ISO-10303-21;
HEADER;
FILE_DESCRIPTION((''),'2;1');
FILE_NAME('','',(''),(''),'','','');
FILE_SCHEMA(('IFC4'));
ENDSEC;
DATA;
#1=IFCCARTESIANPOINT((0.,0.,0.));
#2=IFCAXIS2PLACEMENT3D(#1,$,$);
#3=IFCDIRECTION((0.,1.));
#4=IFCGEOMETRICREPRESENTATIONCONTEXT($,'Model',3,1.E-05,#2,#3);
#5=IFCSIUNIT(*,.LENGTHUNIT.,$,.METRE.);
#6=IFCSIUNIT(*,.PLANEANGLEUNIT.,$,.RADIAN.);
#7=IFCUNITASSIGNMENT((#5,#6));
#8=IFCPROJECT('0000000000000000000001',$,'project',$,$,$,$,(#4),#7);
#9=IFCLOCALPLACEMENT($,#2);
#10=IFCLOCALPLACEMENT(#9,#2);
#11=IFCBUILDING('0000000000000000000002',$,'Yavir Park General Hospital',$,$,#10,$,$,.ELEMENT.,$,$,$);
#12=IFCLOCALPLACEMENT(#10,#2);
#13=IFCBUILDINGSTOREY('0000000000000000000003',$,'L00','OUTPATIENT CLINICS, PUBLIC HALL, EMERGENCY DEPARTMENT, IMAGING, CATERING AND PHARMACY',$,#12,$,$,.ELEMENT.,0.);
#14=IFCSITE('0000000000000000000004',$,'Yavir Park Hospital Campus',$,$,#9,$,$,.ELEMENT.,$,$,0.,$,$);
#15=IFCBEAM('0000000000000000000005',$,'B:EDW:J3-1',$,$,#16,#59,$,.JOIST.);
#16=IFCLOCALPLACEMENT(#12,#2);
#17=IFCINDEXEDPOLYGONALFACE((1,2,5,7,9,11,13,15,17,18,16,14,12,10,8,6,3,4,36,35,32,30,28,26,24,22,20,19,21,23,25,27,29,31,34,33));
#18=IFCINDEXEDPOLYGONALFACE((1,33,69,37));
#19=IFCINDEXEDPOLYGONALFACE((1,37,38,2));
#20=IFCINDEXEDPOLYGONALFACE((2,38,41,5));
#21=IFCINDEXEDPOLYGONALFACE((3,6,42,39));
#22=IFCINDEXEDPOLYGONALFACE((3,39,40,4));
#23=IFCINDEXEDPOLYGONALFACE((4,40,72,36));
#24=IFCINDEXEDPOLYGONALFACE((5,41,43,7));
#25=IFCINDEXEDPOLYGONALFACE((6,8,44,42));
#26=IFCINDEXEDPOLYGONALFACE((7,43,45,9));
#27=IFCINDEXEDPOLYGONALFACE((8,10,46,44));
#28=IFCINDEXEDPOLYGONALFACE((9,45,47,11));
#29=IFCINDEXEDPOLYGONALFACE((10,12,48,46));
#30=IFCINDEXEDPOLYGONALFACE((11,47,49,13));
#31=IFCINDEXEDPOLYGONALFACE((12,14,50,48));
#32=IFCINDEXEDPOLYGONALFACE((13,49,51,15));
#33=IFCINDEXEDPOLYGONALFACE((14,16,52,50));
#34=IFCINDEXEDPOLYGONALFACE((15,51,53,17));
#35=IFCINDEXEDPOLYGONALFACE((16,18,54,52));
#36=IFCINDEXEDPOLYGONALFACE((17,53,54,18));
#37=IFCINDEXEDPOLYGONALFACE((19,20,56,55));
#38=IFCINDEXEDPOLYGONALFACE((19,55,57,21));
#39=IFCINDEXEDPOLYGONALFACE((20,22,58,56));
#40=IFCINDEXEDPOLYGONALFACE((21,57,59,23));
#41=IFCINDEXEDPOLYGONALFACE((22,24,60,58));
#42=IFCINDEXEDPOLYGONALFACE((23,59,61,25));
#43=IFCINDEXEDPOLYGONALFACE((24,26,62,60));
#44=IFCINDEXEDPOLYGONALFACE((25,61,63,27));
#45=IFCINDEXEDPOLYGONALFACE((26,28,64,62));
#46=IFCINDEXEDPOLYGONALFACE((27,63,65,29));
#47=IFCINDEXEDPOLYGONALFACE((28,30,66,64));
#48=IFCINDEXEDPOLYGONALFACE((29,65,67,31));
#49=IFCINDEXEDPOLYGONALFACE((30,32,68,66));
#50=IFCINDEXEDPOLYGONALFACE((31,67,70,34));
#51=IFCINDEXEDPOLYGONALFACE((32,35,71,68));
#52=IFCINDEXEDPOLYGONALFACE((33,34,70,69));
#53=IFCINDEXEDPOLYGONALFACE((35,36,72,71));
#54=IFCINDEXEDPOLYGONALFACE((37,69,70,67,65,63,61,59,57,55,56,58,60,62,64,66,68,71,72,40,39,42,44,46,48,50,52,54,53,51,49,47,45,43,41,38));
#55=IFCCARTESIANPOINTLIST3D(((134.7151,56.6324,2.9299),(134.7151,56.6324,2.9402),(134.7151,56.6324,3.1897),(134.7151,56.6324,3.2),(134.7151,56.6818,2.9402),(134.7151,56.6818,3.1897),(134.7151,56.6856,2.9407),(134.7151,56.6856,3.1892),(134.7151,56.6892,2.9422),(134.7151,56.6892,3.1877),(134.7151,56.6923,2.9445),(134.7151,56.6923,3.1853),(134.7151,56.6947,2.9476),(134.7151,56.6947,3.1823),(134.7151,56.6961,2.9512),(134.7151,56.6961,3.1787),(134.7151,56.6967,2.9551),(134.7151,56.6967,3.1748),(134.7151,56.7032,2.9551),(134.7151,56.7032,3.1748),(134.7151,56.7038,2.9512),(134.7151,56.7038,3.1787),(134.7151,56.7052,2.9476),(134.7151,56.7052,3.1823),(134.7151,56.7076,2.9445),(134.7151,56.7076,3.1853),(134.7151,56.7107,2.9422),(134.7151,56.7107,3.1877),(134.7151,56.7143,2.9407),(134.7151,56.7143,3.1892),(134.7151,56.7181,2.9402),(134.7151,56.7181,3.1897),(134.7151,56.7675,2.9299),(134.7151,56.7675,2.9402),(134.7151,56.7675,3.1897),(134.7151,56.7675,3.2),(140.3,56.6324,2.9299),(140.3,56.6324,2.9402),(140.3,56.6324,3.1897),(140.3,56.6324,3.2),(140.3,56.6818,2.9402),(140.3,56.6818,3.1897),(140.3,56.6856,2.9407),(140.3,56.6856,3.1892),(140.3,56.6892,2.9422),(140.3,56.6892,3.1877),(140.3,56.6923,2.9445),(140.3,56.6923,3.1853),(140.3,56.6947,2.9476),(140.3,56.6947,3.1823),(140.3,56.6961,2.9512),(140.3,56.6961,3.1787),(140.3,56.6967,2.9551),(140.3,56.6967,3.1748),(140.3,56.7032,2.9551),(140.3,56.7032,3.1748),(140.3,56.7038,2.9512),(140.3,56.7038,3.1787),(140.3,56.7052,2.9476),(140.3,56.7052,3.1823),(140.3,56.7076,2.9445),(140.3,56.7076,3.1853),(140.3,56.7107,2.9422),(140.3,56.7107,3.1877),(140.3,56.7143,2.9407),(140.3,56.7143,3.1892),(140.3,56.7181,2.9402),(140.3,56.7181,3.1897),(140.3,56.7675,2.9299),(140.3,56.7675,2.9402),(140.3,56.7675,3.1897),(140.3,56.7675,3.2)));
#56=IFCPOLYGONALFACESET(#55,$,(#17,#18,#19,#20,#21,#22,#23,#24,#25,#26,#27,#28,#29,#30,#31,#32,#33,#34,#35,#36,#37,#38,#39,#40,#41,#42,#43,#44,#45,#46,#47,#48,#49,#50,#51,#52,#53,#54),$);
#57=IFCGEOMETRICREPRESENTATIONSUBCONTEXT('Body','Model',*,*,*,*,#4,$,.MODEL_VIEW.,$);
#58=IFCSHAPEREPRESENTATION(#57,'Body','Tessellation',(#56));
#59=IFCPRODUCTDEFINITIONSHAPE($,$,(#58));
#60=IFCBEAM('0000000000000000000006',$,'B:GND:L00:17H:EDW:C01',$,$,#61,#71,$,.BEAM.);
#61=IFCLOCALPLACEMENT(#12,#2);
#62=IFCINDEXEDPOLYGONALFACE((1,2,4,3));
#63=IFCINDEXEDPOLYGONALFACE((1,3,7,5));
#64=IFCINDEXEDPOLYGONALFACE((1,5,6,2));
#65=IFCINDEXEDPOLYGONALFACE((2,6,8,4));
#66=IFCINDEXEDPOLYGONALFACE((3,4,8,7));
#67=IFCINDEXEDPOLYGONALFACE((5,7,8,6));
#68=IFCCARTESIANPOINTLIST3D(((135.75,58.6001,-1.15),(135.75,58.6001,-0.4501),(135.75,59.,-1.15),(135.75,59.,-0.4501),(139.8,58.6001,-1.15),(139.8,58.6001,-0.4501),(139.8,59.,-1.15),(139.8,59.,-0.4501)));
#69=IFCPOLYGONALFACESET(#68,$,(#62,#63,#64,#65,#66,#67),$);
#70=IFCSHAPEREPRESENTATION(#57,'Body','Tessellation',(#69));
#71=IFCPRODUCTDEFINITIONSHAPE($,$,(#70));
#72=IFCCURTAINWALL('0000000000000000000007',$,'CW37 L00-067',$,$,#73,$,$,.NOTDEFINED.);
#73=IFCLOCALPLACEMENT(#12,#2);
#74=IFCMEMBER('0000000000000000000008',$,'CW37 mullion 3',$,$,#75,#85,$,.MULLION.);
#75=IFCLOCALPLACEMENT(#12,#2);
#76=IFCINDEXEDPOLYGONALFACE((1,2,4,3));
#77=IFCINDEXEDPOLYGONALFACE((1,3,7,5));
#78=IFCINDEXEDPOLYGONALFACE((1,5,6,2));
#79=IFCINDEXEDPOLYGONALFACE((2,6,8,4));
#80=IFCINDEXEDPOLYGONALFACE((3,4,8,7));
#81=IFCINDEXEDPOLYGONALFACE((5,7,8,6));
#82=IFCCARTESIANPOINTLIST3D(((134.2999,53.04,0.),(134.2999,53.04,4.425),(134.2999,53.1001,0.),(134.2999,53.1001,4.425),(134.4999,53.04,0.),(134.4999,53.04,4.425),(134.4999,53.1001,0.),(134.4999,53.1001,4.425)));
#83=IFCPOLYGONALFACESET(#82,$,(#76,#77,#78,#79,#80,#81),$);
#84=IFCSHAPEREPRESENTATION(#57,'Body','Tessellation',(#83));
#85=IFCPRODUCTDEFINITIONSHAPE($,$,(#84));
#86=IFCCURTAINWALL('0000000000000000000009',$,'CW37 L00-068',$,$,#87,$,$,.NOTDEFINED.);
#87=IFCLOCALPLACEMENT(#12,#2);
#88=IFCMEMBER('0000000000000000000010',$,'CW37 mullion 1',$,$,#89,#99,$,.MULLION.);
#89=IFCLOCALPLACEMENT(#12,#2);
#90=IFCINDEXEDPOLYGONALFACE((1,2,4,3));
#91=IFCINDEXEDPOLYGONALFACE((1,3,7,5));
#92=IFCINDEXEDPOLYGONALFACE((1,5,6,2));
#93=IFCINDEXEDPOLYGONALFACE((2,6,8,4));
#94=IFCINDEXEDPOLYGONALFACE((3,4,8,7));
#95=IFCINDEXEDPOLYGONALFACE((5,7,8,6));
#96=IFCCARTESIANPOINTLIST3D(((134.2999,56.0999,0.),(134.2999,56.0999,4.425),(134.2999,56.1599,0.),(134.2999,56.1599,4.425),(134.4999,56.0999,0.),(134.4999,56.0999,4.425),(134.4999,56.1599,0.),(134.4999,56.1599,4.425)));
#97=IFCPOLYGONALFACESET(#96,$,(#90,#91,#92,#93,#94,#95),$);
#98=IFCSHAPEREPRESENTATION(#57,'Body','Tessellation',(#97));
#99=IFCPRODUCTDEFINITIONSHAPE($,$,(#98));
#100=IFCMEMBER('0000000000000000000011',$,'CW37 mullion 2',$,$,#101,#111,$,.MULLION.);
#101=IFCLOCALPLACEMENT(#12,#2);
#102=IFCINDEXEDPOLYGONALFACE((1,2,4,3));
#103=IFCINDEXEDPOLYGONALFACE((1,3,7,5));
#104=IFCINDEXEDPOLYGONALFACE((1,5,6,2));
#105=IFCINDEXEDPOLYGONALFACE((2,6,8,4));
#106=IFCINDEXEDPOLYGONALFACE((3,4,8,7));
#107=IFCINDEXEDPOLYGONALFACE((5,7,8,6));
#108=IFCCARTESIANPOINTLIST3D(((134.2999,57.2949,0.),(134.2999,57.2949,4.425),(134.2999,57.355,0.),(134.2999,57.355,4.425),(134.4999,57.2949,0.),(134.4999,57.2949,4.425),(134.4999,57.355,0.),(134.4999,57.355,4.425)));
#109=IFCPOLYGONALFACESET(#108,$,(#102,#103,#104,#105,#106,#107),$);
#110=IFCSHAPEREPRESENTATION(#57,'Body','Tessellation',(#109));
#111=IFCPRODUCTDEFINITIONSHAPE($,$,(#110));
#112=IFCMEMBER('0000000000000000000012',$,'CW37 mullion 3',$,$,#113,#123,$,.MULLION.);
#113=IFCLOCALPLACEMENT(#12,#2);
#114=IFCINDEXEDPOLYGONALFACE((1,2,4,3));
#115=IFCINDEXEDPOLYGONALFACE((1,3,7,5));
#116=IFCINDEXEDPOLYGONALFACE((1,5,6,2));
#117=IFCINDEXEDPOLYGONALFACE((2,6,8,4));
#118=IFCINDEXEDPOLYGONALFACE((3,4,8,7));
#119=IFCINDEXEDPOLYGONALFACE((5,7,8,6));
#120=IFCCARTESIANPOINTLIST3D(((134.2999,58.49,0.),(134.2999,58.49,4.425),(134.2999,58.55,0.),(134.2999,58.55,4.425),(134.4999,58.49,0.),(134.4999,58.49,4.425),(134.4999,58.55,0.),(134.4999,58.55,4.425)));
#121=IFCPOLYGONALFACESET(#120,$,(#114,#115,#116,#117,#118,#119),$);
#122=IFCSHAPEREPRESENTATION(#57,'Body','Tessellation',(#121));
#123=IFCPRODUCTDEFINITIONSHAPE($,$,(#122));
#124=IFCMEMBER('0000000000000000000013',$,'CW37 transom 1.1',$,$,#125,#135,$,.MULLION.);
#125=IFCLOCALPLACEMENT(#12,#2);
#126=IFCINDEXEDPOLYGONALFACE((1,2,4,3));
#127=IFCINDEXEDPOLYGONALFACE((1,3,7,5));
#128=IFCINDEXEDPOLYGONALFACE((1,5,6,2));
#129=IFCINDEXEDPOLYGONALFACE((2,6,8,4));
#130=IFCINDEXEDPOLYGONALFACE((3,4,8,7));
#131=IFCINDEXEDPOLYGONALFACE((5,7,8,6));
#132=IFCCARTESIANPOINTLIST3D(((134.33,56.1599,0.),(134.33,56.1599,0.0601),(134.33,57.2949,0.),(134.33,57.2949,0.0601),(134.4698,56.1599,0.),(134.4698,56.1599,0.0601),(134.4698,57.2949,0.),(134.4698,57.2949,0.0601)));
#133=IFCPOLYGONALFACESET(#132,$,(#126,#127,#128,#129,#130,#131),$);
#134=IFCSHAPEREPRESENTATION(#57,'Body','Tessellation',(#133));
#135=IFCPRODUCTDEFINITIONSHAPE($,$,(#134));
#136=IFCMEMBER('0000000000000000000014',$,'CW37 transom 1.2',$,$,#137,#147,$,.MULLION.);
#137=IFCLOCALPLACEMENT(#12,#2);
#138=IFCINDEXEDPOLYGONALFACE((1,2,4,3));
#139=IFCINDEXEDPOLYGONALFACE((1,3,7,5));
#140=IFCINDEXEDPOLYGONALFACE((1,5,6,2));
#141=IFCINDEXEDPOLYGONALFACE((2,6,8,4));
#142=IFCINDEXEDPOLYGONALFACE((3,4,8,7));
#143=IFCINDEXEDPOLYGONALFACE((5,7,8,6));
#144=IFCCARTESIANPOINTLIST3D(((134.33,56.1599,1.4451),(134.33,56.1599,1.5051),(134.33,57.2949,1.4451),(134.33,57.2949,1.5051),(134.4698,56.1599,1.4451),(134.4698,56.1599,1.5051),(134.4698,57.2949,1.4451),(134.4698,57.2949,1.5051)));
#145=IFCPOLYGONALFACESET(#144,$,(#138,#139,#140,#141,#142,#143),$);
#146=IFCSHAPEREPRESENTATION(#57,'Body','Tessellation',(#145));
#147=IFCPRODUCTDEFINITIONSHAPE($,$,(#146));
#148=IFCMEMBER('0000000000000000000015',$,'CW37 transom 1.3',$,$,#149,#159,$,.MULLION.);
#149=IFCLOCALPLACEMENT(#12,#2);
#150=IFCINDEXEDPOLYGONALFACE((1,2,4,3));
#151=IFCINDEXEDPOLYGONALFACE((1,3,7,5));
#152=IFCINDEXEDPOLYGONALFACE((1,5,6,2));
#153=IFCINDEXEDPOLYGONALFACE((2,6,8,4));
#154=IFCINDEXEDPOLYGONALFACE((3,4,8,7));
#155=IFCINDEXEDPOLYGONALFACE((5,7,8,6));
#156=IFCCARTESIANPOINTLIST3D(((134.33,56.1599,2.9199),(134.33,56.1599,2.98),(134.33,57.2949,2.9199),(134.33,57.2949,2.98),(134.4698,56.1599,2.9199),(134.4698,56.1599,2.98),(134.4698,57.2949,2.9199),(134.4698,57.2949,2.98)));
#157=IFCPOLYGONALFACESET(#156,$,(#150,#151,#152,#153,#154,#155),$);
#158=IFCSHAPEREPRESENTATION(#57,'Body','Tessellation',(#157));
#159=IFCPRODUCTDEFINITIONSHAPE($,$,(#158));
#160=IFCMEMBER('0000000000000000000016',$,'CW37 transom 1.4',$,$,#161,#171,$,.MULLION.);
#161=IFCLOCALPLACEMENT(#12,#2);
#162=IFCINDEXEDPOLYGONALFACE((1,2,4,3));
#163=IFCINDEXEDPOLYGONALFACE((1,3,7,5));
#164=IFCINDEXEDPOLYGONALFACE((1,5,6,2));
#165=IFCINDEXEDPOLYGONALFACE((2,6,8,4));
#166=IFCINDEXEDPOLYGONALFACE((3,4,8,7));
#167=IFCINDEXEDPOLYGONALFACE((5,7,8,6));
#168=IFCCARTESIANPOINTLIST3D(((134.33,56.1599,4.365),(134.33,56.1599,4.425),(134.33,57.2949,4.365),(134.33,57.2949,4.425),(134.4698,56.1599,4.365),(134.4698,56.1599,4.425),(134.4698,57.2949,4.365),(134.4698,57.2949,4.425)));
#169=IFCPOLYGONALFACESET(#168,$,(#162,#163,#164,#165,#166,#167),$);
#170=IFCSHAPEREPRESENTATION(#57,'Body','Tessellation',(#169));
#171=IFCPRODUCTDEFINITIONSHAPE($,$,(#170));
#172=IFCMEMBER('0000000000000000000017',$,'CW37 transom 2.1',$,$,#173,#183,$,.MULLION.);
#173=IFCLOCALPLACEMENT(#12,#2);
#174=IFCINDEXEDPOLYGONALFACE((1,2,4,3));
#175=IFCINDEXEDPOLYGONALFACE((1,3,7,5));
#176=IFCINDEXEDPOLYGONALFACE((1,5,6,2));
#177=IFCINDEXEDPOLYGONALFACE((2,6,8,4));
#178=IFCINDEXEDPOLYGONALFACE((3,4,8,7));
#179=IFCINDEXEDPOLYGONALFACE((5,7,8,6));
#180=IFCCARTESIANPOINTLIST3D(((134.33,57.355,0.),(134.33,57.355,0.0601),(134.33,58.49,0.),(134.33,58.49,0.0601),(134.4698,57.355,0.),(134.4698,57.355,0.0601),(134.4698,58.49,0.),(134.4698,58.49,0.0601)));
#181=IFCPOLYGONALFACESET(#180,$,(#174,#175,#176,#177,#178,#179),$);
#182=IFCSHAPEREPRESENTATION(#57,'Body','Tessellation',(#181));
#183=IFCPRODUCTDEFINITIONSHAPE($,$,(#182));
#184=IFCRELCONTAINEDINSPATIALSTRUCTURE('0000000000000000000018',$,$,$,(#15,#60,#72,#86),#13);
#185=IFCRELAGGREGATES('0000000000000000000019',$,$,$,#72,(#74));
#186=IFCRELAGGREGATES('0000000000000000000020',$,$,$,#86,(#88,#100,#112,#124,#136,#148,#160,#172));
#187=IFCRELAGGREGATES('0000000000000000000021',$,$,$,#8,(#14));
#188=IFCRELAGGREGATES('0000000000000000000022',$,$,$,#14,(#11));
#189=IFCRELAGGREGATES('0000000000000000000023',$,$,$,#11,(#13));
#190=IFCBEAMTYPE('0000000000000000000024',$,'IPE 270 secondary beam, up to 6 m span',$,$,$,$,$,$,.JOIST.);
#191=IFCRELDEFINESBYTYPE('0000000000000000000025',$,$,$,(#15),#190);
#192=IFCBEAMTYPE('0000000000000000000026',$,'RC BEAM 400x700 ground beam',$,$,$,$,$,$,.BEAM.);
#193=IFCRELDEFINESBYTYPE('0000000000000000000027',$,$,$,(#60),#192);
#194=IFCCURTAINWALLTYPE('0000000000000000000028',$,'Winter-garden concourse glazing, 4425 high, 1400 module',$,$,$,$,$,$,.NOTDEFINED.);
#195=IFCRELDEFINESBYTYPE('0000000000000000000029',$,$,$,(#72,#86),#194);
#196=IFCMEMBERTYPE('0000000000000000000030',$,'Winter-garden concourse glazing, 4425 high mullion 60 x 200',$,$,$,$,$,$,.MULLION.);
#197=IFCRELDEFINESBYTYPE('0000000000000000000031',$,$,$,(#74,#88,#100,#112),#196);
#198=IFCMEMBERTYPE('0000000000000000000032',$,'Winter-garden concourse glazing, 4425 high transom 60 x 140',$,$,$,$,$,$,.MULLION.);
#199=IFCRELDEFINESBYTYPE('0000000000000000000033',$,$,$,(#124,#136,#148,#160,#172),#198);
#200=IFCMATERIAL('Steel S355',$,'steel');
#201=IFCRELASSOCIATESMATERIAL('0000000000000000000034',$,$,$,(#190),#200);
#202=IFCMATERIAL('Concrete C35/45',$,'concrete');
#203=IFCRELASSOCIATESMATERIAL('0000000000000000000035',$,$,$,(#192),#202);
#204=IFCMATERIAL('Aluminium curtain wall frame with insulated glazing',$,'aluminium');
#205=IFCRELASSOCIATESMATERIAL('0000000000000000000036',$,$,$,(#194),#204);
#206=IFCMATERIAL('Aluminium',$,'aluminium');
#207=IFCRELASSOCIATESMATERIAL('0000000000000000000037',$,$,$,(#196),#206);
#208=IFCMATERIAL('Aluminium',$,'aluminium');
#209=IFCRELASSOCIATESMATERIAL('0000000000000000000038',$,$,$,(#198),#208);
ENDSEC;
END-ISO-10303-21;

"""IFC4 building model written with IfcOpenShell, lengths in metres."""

from ifc_helpers import new_model, si_unit, direction, frame, origin, origin_2d, place, context, subcontext, project, spatial, rectangle, i_section, extrude, material, material_profile, profile_set, type_object, element, aggregate, save


model = new_model("IFC4")

# Units and contexts
model_context = context("Model", 3, precision=1e-05, world=origin(), true_north=direction((0.0, 1.0)))
body_context = subcontext(model_context, "Body", "Model", "MODEL_VIEW")
ifc_project = project(units=[si_unit("LENGTHUNIT", "METRE"), si_unit("PLANEANGLEUNIT", "RADIAN")], contexts=[model_context])

# Site, building, storey
site_placement = place(None, origin())
site = spatial("IfcSite", under=ifc_project, at=site_placement, Name="Yavir Park Hospital Campus", CompositionType="ELEMENT", RefElevation=0.0)
building_placement = place(site_placement, origin())
building = spatial("IfcBuilding", under=site, at=building_placement, Name="Yavir Park General Hospital", CompositionType="ELEMENT")
storey_placement = place(building_placement, origin())
storey = spatial("IfcBuildingStorey", under=building, at=storey_placement, Name="L00", Description="OUTPATIENT CLINICS, PUBLIC HALL, EMERGENCY DEPARTMENT, IMAGING, CATERING AND PHARMACY", CompositionType="ELEMENT", Elevation=0.0)

# Beams
ifc_material_1 = material(Name="Steel S355", Category="steel")
ifc_material_profile_1 = material_profile(ifc_material_1, i_section(OverallWidth=0.135, OverallDepth=0.27, WebThickness=0.0066, FlangeThickness=0.0103, FilletRadius=0.0149, at=origin_2d()), Name="IPE270")
ifc_profile_set_1 = profile_set([ifc_material_profile_1], Name="Steel S355")
beam_type_1 = type_object("IfcBeamType", Name="IPE 270 secondary beam, up to 6 m span", PredefinedType="JOIST", material=ifc_profile_set_1)
for number, where, z_axis, x_axis, name in (
    (1, (140.3, 56.7, 3.0649), (-1.0, 0.0, 0.0), (0.0, -1.0, 0.0), "B:EDW:J3-1"),
):
    element("IfcBeam", number, at=place(storey_placement, frame(where, z_axis=z_axis, x_axis=x_axis)), inside=storey, type_object=beam_type_1, Name=name, PredefinedType="JOIST", context=body_context, shape_type="SweptSolid", body=[
        extrude(i_section(OverallWidth=0.135, OverallDepth=0.27, WebThickness=0.0066, FlangeThickness=0.0103, FilletRadius=0.0149, at=origin_2d()), origin(), (0.0, 0.0, 1.0), 5.585),
    ])
ifc_material_2 = material(Name="Concrete C35/45", Category="concrete")
ifc_material_profile_2 = material_profile(ifc_material_2, rectangle(XDim=0.3999, YDim=0.7, at=origin_2d()), Name="RC400x700")
ifc_profile_set_2 = profile_set([ifc_material_profile_2], Name="Concrete C35/45")
beam_type_2 = type_object("IfcBeamType", Name="RC BEAM 400x700 ground beam", PredefinedType="BEAM", material=ifc_profile_set_2)
beam_placement = place(storey_placement, frame((135.75, 58.8, -0.8), z_axis=(1.0, 0.0, 0.0), x_axis=(0.0, 1.0, 0.0)))
element("IfcBeam", 2, at=beam_placement, inside=storey, type_object=beam_type_2, Name="B:GND:L00:17H:EDW:C01", PredefinedType="BEAM", context=body_context, shape_type="SweptSolid", body=[
    extrude(rectangle(XDim=0.3999, YDim=0.7, at=origin_2d()), origin(), (0.0, 0.0, 1.0), 4.05),
])

# Curtain wall, member
ifc_material_3 = material(Name="Aluminium curtain wall frame with insulated glazing", Category="aluminium")
curtain_wall_type = type_object("IfcCurtainWallType", Name="Winter-garden concourse glazing, 4425 high, 1400 module", PredefinedType="NOTDEFINED", material=ifc_material_3)
curtain_wall_1_placement = place(storey_placement, origin())
curtain_wall_1 = element("IfcCurtainWall", 3, at=curtain_wall_1_placement, inside=storey, type_object=curtain_wall_type, Name="CW37 L00-067", PredefinedType="NOTDEFINED")
ifc_material_4 = material(Name="Aluminium", Category="aluminium")
ifc_material_profile_3 = material_profile(ifc_material_4, rectangle(XDim=0.2, YDim=0.0601, at=origin_2d()), Name="AL 60x200")
ifc_profile_set_3 = profile_set([ifc_material_profile_3], Name="Aluminium")
member_type_1 = type_object("IfcMemberType", Name="Winter-garden concourse glazing, 4425 high mullion 60 x 200", PredefinedType="MULLION", material=ifc_profile_set_3)
member_1_placement = place(storey_placement, frame((134.3999, 53.0701, 0.0), z_axis=(0.0, 0.0, 1.0), x_axis=(-1.0, 0.0, 0.0)))
member_1 = element("IfcMember", 4, at=member_1_placement, type_object=member_type_1, Name="CW37 mullion 3", PredefinedType="MULLION", context=body_context, shape_type="SweptSolid", body=[
    extrude(rectangle(XDim=0.2, YDim=0.0601, at=origin_2d()), origin(), (0.0, 0.0, 1.0), 4.425),
])

# Curtain wall, members
curtain_wall_2_placement = place(storey_placement, origin())
curtain_wall_2 = element("IfcCurtainWall", 5, at=curtain_wall_2_placement, inside=storey, type_object=curtain_wall_type, Name="CW37 L00-068", PredefinedType="NOTDEFINED")
member_2_placement = place(storey_placement, frame((134.3999, 56.1299, 0.0), z_axis=(0.0, 0.0, 1.0), x_axis=(-1.0, 0.0, 0.0)))
member_2 = element("IfcMember", 6, at=member_2_placement, type_object=member_type_1, Name="CW37 mullion 1", PredefinedType="MULLION", context=body_context, shape_type="SweptSolid", body=[
    extrude(rectangle(XDim=0.2, YDim=0.0601, at=origin_2d()), origin(), (0.0, 0.0, 1.0), 4.425),
])
member_3_placement = place(storey_placement, frame((134.3999, 57.325, 0.0), z_axis=(0.0, 0.0, 1.0), x_axis=(-1.0, 0.0, 0.0)))
member_3 = element("IfcMember", 7, at=member_3_placement, type_object=member_type_1, Name="CW37 mullion 2", PredefinedType="MULLION", context=body_context, shape_type="SweptSolid", body=[
    extrude(rectangle(XDim=0.2, YDim=0.0601, at=origin_2d()), origin(), (0.0, 0.0, 1.0), 4.425),
])
member_4_placement = place(storey_placement, frame((134.3999, 58.52, 0.0), z_axis=(0.0, 0.0, 1.0), x_axis=(-1.0, 0.0, 0.0)))
member_4 = element("IfcMember", 8, at=member_4_placement, type_object=member_type_1, Name="CW37 mullion 3", PredefinedType="MULLION", context=body_context, shape_type="SweptSolid", body=[
    extrude(rectangle(XDim=0.2, YDim=0.0601, at=origin_2d()), origin(), (0.0, 0.0, 1.0), 4.425),
])
ifc_material_5 = material(Name="Aluminium", Category="aluminium")
ifc_material_profile_4 = material_profile(ifc_material_5, rectangle(XDim=0.1399, YDim=0.0601, at=origin_2d()), Name="AL 140x60")
ifc_profile_set_4 = profile_set([ifc_material_profile_4], Name="Aluminium")
member_type_2 = type_object("IfcMemberType", Name="Winter-garden concourse glazing, 4425 high transom 60 x 140", PredefinedType="MULLION", material=ifc_profile_set_4)
member_5_placement = place(storey_placement, frame((134.3999, 56.1599, 0.03), z_axis=(0.0, 1.0, 0.0), x_axis=(-1.0, 0.0, 0.0)))
member_5 = element("IfcMember", 9, at=member_5_placement, type_object=member_type_2, Name="CW37 transom 1.1", PredefinedType="MULLION", context=body_context, shape_type="SweptSolid", body=[
    extrude(rectangle(XDim=0.1399, YDim=0.0601, at=origin_2d()), origin(), (0.0, 0.0, 1.0), 1.135),
])
member_6_placement = place(storey_placement, frame((134.3999, 56.1599, 1.4751), z_axis=(0.0, 1.0, 0.0), x_axis=(-1.0, 0.0, 0.0)))
member_6 = element("IfcMember", 10, at=member_6_placement, type_object=member_type_2, Name="CW37 transom 1.2", PredefinedType="MULLION", context=body_context, shape_type="SweptSolid", body=[
    extrude(rectangle(XDim=0.1399, YDim=0.0601, at=origin_2d()), origin(), (0.0, 0.0, 1.0), 1.135),
])
member_7_placement = place(storey_placement, frame((134.3999, 56.1599, 2.95), z_axis=(0.0, 1.0, 0.0), x_axis=(-1.0, 0.0, 0.0)))
member_7 = element("IfcMember", 11, at=member_7_placement, type_object=member_type_2, Name="CW37 transom 1.3", PredefinedType="MULLION", context=body_context, shape_type="SweptSolid", body=[
    extrude(rectangle(XDim=0.1399, YDim=0.0601, at=origin_2d()), origin(), (0.0, 0.0, 1.0), 1.135),
])
member_8_placement = place(storey_placement, frame((134.3999, 56.1599, 4.395), z_axis=(0.0, 1.0, 0.0), x_axis=(-1.0, 0.0, 0.0)))
member_8 = element("IfcMember", 12, at=member_8_placement, type_object=member_type_2, Name="CW37 transom 1.4", PredefinedType="MULLION", context=body_context, shape_type="SweptSolid", body=[
    extrude(rectangle(XDim=0.1399, YDim=0.0601, at=origin_2d()), origin(), (0.0, 0.0, 1.0), 1.135),
])
member_9_placement = place(storey_placement, frame((134.3999, 57.355, 0.03), z_axis=(0.0, 1.0, 0.0), x_axis=(-1.0, 0.0, 0.0)))
member_9 = element("IfcMember", 13, at=member_9_placement, type_object=member_type_2, Name="CW37 transom 2.1", PredefinedType="MULLION", context=body_context, shape_type="SweptSolid", body=[
    extrude(rectangle(XDim=0.1399, YDim=0.0601, at=origin_2d()), origin(), (0.0, 0.0, 1.0), 1.135),
])

aggregate(curtain_wall_1, [member_1])
aggregate(curtain_wall_2, [member_2, member_3, member_4, member_5, member_6, member_7, member_8, member_9])

save(model, "model.ifc")
